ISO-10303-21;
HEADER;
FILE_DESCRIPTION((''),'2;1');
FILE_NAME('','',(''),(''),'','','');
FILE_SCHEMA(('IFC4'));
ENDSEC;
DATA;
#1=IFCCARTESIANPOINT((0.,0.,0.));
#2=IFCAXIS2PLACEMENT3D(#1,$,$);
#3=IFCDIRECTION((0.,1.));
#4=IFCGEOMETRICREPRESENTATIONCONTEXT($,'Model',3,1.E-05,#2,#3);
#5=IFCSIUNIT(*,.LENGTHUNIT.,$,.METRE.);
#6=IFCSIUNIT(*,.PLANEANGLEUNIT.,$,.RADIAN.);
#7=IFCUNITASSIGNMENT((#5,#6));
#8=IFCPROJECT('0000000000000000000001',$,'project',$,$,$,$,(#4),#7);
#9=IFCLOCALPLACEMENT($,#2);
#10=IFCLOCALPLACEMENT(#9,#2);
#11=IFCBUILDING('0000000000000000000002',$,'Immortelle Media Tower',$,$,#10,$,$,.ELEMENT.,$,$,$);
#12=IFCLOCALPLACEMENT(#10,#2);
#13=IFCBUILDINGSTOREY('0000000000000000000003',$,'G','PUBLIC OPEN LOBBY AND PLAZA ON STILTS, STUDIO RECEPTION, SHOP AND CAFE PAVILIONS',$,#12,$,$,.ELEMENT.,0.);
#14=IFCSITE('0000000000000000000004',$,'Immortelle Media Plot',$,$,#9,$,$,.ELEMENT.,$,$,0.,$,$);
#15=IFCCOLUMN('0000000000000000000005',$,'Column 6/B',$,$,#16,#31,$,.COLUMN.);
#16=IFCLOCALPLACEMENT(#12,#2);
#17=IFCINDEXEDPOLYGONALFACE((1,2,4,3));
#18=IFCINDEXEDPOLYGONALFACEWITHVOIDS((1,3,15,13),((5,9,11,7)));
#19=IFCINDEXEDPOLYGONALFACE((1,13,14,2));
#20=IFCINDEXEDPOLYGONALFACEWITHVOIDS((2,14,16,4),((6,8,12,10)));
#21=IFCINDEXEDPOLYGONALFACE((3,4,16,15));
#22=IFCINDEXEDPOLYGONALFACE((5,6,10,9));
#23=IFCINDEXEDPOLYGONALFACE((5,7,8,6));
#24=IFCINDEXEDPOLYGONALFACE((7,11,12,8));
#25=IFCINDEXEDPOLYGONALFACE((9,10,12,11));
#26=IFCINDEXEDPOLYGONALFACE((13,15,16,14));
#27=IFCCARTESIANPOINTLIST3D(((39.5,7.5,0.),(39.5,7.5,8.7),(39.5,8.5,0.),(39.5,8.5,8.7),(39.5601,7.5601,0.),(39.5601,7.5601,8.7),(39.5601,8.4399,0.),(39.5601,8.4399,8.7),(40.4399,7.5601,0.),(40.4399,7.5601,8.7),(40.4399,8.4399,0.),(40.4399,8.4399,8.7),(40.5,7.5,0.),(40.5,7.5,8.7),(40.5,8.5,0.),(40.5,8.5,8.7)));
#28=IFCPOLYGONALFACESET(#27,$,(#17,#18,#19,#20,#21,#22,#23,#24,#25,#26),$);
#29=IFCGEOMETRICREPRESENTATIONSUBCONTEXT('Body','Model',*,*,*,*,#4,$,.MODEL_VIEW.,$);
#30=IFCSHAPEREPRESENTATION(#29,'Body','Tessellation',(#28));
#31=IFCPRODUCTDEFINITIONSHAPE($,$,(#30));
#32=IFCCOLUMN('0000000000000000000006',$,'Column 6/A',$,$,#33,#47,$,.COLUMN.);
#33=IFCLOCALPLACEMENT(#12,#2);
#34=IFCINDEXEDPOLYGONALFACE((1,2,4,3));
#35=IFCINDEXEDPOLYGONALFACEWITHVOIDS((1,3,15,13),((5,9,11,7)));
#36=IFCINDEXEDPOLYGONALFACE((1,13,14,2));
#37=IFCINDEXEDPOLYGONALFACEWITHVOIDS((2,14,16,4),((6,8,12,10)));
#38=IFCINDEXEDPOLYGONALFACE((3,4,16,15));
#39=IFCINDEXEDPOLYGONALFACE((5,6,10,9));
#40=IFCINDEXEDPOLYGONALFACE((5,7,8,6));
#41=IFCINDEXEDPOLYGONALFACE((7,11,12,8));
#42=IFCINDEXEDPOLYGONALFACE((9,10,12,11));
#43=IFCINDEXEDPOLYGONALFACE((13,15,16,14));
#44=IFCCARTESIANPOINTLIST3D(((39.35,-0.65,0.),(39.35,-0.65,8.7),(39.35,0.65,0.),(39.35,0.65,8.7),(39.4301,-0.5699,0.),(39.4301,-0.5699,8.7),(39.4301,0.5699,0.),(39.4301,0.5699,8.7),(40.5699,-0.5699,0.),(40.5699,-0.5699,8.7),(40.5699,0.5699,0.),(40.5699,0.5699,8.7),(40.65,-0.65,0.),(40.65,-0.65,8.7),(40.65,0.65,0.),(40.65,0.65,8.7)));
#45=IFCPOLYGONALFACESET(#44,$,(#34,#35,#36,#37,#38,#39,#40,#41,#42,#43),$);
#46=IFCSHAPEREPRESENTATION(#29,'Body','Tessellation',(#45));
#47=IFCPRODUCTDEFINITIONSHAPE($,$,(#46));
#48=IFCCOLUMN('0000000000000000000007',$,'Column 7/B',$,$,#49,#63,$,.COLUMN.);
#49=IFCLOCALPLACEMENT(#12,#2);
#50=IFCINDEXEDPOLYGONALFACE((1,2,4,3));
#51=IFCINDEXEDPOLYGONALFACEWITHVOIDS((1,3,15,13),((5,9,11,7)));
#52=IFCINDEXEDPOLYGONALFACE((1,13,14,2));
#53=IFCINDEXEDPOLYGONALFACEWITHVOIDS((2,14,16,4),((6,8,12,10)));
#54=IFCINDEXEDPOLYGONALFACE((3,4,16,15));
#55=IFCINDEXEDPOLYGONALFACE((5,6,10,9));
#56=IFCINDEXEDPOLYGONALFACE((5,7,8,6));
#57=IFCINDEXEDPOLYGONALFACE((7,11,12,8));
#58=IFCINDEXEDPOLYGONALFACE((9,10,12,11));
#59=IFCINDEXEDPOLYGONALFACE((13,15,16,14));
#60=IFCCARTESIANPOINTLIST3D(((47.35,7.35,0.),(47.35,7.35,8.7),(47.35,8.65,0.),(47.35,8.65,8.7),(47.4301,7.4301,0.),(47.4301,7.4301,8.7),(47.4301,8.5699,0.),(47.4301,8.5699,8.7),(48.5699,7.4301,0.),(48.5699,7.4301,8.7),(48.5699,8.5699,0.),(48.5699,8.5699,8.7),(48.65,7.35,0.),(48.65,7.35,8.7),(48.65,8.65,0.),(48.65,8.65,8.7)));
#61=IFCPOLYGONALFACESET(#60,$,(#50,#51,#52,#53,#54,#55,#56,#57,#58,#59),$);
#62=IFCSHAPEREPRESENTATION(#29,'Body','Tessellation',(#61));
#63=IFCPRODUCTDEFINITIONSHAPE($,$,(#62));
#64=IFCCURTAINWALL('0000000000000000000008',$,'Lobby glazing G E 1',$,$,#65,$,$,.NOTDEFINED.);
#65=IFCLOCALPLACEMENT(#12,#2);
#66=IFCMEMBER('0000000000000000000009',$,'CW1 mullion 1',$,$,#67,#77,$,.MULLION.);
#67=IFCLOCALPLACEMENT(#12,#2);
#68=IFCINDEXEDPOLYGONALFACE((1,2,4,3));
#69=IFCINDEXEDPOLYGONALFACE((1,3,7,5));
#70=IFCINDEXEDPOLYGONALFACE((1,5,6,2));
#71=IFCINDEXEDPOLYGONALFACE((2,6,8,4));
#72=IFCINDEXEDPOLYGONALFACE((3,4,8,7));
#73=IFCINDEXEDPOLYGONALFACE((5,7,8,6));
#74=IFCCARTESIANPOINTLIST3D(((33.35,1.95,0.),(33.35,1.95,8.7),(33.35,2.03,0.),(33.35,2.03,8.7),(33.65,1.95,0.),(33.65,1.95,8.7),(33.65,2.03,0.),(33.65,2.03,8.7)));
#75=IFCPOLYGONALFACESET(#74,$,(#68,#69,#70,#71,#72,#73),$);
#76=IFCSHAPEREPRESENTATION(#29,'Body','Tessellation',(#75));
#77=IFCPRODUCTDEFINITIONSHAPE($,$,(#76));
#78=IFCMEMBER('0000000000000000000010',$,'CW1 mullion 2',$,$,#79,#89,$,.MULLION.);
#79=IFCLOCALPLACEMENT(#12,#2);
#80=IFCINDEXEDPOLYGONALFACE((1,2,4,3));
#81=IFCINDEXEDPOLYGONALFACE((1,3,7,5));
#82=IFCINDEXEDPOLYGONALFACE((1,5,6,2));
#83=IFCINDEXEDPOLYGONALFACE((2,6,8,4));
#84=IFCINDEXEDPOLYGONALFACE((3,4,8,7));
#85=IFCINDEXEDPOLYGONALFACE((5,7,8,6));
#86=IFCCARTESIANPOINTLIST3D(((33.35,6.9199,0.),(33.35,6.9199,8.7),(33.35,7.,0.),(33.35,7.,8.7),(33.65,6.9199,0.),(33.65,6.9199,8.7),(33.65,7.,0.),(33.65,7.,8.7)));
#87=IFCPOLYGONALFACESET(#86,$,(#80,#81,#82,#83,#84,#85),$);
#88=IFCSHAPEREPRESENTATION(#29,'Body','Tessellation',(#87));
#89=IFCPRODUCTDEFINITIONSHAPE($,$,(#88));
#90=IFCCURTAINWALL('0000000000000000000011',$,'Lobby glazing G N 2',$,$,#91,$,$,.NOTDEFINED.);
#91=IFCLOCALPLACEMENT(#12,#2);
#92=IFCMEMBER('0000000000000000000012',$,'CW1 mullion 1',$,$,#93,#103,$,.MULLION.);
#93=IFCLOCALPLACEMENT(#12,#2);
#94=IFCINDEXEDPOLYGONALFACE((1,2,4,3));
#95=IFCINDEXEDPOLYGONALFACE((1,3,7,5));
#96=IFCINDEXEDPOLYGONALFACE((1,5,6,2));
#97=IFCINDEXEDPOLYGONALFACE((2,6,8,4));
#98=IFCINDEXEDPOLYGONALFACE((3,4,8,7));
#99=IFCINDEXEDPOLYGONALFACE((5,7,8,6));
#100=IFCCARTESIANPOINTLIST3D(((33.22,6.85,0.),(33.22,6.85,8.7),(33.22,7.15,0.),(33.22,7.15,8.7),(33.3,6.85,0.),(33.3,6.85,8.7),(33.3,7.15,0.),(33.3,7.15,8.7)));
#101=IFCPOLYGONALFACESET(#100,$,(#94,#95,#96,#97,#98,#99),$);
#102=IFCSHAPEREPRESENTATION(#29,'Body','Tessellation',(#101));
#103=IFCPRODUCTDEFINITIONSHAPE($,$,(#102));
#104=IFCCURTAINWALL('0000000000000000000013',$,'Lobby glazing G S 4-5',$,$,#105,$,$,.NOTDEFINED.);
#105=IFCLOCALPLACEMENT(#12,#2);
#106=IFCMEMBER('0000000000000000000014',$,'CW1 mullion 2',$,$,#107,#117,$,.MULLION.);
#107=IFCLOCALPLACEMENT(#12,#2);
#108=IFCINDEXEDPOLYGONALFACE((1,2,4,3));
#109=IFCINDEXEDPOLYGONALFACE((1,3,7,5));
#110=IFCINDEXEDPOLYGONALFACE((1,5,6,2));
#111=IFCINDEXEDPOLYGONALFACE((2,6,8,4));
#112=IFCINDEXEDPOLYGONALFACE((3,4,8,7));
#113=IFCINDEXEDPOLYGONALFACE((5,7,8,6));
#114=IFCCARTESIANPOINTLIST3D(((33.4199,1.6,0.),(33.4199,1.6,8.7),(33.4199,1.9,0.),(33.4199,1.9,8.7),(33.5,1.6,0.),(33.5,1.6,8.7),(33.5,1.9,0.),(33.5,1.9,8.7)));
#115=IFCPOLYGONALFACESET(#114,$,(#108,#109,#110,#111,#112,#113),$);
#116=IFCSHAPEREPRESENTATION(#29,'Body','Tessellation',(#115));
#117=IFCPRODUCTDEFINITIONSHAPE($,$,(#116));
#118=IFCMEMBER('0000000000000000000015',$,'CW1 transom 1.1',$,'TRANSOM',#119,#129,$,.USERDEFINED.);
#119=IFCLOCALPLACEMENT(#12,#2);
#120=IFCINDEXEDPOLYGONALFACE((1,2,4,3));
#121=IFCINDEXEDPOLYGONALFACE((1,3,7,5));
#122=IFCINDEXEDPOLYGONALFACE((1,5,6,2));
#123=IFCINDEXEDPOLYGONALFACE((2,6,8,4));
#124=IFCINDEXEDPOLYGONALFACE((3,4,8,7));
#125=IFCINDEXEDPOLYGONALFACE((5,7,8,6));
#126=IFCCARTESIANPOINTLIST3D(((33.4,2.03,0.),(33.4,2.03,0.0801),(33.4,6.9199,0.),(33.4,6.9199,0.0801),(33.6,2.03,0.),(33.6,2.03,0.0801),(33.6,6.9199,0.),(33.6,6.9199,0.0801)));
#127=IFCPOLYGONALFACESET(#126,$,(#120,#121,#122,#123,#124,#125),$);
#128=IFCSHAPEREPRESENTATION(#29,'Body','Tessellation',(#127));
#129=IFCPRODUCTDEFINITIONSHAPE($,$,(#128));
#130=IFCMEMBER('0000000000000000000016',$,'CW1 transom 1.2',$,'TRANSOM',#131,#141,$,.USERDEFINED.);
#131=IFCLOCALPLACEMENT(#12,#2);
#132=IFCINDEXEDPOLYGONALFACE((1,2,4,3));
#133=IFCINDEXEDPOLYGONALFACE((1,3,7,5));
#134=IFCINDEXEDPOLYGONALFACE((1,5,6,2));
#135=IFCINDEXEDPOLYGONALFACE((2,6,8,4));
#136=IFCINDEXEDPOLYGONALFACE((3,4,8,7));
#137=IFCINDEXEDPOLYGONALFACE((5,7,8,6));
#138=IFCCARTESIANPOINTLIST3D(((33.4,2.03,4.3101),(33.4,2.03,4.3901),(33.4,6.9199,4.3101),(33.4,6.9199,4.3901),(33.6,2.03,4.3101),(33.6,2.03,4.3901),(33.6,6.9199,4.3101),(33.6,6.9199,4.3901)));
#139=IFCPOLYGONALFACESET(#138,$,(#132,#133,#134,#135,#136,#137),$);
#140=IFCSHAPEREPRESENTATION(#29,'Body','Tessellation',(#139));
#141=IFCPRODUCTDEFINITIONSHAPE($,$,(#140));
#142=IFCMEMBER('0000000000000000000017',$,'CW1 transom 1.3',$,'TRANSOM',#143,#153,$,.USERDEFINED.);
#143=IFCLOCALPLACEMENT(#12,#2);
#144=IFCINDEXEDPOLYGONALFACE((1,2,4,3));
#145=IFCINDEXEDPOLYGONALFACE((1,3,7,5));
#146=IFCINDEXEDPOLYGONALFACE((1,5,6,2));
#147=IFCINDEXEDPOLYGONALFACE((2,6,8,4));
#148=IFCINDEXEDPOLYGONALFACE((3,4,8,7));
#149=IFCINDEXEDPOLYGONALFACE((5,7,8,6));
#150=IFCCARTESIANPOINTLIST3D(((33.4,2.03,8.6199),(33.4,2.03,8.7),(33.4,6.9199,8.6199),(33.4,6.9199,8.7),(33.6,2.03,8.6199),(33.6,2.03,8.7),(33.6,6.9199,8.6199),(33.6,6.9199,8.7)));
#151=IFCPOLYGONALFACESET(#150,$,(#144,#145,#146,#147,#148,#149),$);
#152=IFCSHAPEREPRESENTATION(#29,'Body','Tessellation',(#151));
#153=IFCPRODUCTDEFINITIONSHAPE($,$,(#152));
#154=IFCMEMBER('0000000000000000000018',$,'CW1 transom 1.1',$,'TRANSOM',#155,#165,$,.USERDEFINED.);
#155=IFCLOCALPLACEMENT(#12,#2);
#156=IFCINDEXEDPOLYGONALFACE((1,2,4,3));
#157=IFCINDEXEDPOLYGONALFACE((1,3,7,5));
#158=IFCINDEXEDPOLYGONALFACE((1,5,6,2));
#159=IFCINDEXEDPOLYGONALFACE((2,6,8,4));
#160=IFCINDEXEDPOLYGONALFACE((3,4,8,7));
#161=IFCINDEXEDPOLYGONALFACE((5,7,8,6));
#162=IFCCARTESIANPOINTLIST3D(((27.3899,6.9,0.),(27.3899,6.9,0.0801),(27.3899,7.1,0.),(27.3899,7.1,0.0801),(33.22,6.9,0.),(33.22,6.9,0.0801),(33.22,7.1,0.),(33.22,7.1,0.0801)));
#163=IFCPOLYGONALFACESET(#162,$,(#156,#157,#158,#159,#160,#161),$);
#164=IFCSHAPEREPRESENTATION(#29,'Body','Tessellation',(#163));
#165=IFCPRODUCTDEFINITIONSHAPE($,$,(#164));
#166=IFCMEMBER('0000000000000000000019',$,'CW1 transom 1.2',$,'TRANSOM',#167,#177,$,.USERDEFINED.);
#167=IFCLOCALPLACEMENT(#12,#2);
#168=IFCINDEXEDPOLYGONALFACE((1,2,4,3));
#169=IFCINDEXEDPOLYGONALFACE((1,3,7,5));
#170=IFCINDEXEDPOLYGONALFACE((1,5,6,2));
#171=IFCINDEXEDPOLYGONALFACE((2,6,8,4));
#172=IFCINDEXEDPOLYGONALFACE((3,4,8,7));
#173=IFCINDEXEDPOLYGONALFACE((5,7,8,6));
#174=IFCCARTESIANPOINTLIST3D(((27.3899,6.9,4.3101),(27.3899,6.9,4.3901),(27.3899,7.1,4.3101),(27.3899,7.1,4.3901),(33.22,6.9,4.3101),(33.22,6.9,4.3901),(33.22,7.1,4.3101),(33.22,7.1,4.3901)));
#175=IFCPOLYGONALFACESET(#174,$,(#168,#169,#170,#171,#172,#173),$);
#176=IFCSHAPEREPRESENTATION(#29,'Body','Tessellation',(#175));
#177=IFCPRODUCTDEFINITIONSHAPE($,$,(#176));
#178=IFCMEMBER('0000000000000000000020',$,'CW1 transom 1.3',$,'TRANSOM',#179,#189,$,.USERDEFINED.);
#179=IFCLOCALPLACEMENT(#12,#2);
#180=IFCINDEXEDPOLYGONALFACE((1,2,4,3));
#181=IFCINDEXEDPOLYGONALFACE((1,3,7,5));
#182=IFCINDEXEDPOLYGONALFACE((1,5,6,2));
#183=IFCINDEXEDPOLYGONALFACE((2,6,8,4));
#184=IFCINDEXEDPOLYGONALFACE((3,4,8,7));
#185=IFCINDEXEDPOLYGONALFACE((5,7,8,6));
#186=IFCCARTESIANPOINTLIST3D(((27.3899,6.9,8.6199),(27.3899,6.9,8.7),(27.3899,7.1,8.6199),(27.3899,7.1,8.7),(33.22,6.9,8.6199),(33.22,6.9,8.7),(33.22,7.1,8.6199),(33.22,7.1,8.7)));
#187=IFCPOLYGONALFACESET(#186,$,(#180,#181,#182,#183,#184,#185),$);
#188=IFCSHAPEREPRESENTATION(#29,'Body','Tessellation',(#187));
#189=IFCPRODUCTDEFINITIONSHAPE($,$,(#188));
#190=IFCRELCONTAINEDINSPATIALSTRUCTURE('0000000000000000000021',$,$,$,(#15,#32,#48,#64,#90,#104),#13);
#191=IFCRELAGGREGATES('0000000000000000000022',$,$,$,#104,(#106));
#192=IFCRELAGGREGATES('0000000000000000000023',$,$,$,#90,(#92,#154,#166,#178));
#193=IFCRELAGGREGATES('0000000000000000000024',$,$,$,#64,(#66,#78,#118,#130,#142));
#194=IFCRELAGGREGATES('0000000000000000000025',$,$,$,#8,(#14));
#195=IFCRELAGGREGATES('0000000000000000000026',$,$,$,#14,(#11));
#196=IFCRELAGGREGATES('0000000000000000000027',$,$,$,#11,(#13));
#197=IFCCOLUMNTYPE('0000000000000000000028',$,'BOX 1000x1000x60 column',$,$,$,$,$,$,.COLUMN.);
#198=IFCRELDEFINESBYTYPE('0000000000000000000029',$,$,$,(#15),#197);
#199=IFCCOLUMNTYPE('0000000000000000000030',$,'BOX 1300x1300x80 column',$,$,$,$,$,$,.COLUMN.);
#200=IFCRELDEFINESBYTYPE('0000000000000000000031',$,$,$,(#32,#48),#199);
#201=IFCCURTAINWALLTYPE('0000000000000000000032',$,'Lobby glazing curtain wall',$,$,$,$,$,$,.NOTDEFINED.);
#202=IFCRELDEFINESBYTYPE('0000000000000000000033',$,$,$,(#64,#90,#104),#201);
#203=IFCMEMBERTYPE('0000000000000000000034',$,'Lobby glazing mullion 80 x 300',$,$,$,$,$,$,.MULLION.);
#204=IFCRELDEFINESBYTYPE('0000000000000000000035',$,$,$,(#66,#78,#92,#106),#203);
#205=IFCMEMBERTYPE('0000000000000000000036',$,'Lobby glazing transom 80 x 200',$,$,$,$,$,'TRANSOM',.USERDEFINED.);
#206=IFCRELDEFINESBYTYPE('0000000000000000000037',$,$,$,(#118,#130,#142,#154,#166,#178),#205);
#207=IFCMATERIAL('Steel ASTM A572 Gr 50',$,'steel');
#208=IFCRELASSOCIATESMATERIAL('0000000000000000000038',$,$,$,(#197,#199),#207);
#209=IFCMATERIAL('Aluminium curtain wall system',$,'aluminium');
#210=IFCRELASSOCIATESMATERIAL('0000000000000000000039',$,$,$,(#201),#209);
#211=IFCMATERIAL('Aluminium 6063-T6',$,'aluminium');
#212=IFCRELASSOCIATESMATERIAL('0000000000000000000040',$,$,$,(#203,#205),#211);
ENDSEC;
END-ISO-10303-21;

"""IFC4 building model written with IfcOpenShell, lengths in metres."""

from ifc_helpers import new_model, si_unit, direction, frame, origin, origin_2d, place, context, subcontext, project, spatial, rectangle, hollow_rectangle, extrude, material, material_profile, profile_set, type_object, element, aggregate, save


model = new_model("IFC4")

# Units and contexts
model_context = context("Model", 3, precision=1e-05, world=origin(), true_north=direction((0.0, 1.0)))
body_context = subcontext(model_context, "Body", "Model", "MODEL_VIEW")
ifc_project = project(units=[si_unit("LENGTHUNIT", "METRE"), si_unit("PLANEANGLEUNIT", "RADIAN")], contexts=[model_context])

# Site, building, storey
site_placement = place(None, origin())
site = spatial("IfcSite", under=ifc_project, at=site_placement, Name="Immortelle Media Plot", CompositionType="ELEMENT", RefElevation=0.0)
building_placement = place(site_placement, origin())
building = spatial("IfcBuilding", under=site, at=building_placement, Name="Immortelle Media Tower", CompositionType="ELEMENT")
storey_placement = place(building_placement, origin())
storey = spatial("IfcBuildingStorey", under=building, at=storey_placement, Name="G", Description="PUBLIC OPEN LOBBY AND PLAZA ON STILTS, STUDIO RECEPTION, SHOP AND CAFE PAVILIONS", CompositionType="ELEMENT", Elevation=0.0)

# Columns
ifc_material_1 = material(Name="Steel ASTM A572 Gr 50", Category="steel")
ifc_material_profile_1 = material_profile(ifc_material_1, hollow_rectangle(XDim=1.0, YDim=1.0, WallThickness=0.0601, at=origin_2d()), Name="BOX 1000x1000x60 column")
ifc_profile_set_1 = profile_set([ifc_material_profile_1], Name="Steel ASTM A572 Gr 50")
column_type_1 = type_object("IfcColumnType", Name="BOX 1000x1000x60 column", PredefinedType="COLUMN", material=ifc_profile_set_1)
column_placement = place(storey_placement, frame((40.0, 8.0, 0.0), z_axis=(0.0, 0.0, 1.0), x_axis=(1.0, 0.0, 0.0)))
element("IfcColumn", 1, at=column_placement, inside=storey, type_object=column_type_1, Name="Column 6/B", PredefinedType="COLUMN", context=body_context, shape_type="SweptSolid", body=[
    extrude(hollow_rectangle(XDim=1.0, YDim=1.0, WallThickness=0.0601, at=origin_2d()), origin(), (0.0, 0.0, 1.0), 8.7),
])
ifc_material_profile_2 = material_profile(ifc_material_1, hollow_rectangle(XDim=1.3, YDim=1.3, WallThickness=0.0801, at=origin_2d()), Name="BOX 1300x1300x80 column")
ifc_profile_set_2 = profile_set([ifc_material_profile_2], Name="Steel ASTM A572 Gr 50")
column_type_2 = type_object("IfcColumnType", Name="BOX 1300x1300x80 column", PredefinedType="COLUMN", material=ifc_profile_set_2)
for number, where, z_axis, x_axis, name in (
    (2, (40.0, 0.0, 0.0), (0.0, 0.0, 1.0), (1.0, 0.0, 0.0), "Column 6/A"),
    (3, (48.0, 8.0, 0.0), (0.0, 0.0, 1.0), (1.0, 0.0, 0.0), "Column 7/B"),
):
    element("IfcColumn", number, at=place(storey_placement, frame(where, z_axis=z_axis, x_axis=x_axis)), inside=storey, type_object=column_type_2, Name=name, PredefinedType="COLUMN", context=body_context, shape_type="SweptSolid", body=[
        extrude(hollow_rectangle(XDim=1.3, YDim=1.3, WallThickness=0.0801, at=origin_2d()), origin(), (0.0, 0.0, 1.0), 8.7),
    ])

# Curtain wall, members
ifc_material_2 = material(Name="Aluminium curtain wall system", Category="aluminium")
curtain_wall_type = type_object("IfcCurtainWallType", Name="Lobby glazing curtain wall", PredefinedType="NOTDEFINED", material=ifc_material_2)
curtain_wall_1_placement = place(storey_placement, origin())
curtain_wall_1 = element("IfcCurtainWall", 4, at=curtain_wall_1_placement, inside=storey, type_object=curtain_wall_type, Name="Lobby glazing G E 1", PredefinedType="NOTDEFINED")
ifc_material_3 = material(Name="Aluminium 6063-T6", Category="aluminium")
ifc_material_profile_3 = material_profile(ifc_material_3, rectangle(XDim=0.3, YDim=0.0801, at=origin_2d()), Name="AL 80x300")
ifc_profile_set_3 = profile_set([ifc_material_profile_3], Name="Aluminium 6063-T6")
member_type_1 = type_object("IfcMemberType", Name="Lobby glazing mullion 80 x 300", PredefinedType="MULLION", material=ifc_profile_set_3)
member_1_placement = place(storey_placement, frame((33.5, 1.99, 0.0), z_axis=(0.0, 0.0, 1.0), x_axis=(-1.0, 0.0, 0.0)))
member_1 = element("IfcMember", 5, at=member_1_placement, type_object=member_type_1, Name="CW1 mullion 1", PredefinedType="MULLION", context=body_context, shape_type="SweptSolid", body=[
    extrude(rectangle(XDim=0.3, YDim=0.0801, at=origin_2d()), origin(), (0.0, 0.0, 1.0), 8.7),
])
member_2_placement = place(storey_placement, frame((33.5, 6.96, 0.0), z_axis=(0.0, 0.0, 1.0), x_axis=(-1.0, 0.0, 0.0)))
member_2 = element("IfcMember", 6, at=member_2_placement, type_object=member_type_1, Name="CW1 mullion 2", PredefinedType="MULLION", context=body_context, shape_type="SweptSolid", body=[
    extrude(rectangle(XDim=0.3, YDim=0.0801, at=origin_2d()), origin(), (0.0, 0.0, 1.0), 8.7),
])

# Curtain walls, members
curtain_wall_2_placement = place(storey_placement, origin())
curtain_wall_2 = element("IfcCurtainWall", 7, at=curtain_wall_2_placement, inside=storey, type_object=curtain_wall_type, Name="Lobby glazing G N 2", PredefinedType="NOTDEFINED")
member_3_placement = place(storey_placement, frame((33.26, 7.0, 0.0), z_axis=(0.0, 0.0, 1.0), x_axis=(0.0, -1.0, 0.0)))
member_3 = element("IfcMember", 8, at=member_3_placement, type_object=member_type_1, Name="CW1 mullion 1", PredefinedType="MULLION", context=body_context, shape_type="SweptSolid", body=[
    extrude(rectangle(XDim=0.3, YDim=0.0801, at=origin_2d()), origin(), (0.0, 0.0, 1.0), 8.7),
])
curtain_wall_3_placement = place(storey_placement, origin())
curtain_wall_3 = element("IfcCurtainWall", 9, at=curtain_wall_3_placement, inside=storey, type_object=curtain_wall_type, Name="Lobby glazing G S 4-5", PredefinedType="NOTDEFINED")
member_4_placement = place(storey_placement, frame((33.46, 1.75, 0.0), z_axis=(0.0, 0.0, 1.0), x_axis=(0.0, 1.0, 0.0)))
member_4 = element("IfcMember", 10, at=member_4_placement, type_object=member_type_1, Name="CW1 mullion 2", PredefinedType="MULLION", context=body_context, shape_type="SweptSolid", body=[
    extrude(rectangle(XDim=0.3, YDim=0.0801, at=origin_2d()), origin(), (0.0, 0.0, 1.0), 8.7),
])
aggregate(curtain_wall_3, [member_4])

# Members
ifc_material_profile_4 = material_profile(ifc_material_3, rectangle(XDim=0.2, YDim=0.0801, at=origin_2d()), Name="AL 80x200")
ifc_profile_set_4 = profile_set([ifc_material_profile_4], Name="Aluminium 6063-T6")
member_type_2 = type_object("IfcMemberType", Name="Lobby glazing transom 80 x 200", ElementType="TRANSOM", PredefinedType="USERDEFINED", material=ifc_profile_set_4)
member_5_placement = place(storey_placement, frame((33.5, 2.03, 0.04), z_axis=(0.0, 1.0, 0.0), x_axis=(-1.0, 0.0, 0.0)))
member_5 = element("IfcMember", 11, at=member_5_placement, type_object=member_type_2, Name="CW1 transom 1.1", ObjectType="TRANSOM", PredefinedType="USERDEFINED", context=body_context, shape_type="SweptSolid", body=[
    extrude(rectangle(XDim=0.2, YDim=0.0801, at=origin_2d()), origin(), (0.0, 0.0, 1.0), 4.8899),
])
member_6_placement = place(storey_placement, frame((33.5, 2.03, 4.3501), z_axis=(0.0, 1.0, 0.0), x_axis=(-1.0, 0.0, 0.0)))
member_6 = element("IfcMember", 12, at=member_6_placement, type_object=member_type_2, Name="CW1 transom 1.2", ObjectType="TRANSOM", PredefinedType="USERDEFINED", context=body_context, shape_type="SweptSolid", body=[
    extrude(rectangle(XDim=0.2, YDim=0.0801, at=origin_2d()), origin(), (0.0, 0.0, 1.0), 4.8899),
])
member_7_placement = place(storey_placement, frame((33.5, 2.03, 8.6599), z_axis=(0.0, 1.0, 0.0), x_axis=(-1.0, 0.0, 0.0)))
member_7 = element("IfcMember", 13, at=member_7_placement, type_object=member_type_2, Name="CW1 transom 1.3", ObjectType="TRANSOM", PredefinedType="USERDEFINED", context=body_context, shape_type="SweptSolid", body=[
    extrude(rectangle(XDim=0.2, YDim=0.0801, at=origin_2d()), origin(), (0.0, 0.0, 1.0), 4.8899),
])
member_8_placement = place(storey_placement, frame((33.22, 7.0, 0.04), z_axis=(-1.0, 0.0, 0.0), x_axis=(0.0, -1.0, 0.0)))
member_8 = element("IfcMember", 14, at=member_8_placement, type_object=member_type_2, Name="CW1 transom 1.1", ObjectType="TRANSOM", PredefinedType="USERDEFINED", context=body_context, shape_type="SweptSolid", body=[
    extrude(rectangle(XDim=0.2, YDim=0.0801, at=origin_2d()), origin(), (0.0, 0.0, 1.0), 5.8301),
])
member_9_placement = place(storey_placement, frame((33.22, 7.0, 4.3501), z_axis=(-1.0, 0.0, 0.0), x_axis=(0.0, -1.0, 0.0)))
member_9 = element("IfcMember", 15, at=member_9_placement, type_object=member_type_2, Name="CW1 transom 1.2", ObjectType="TRANSOM", PredefinedType="USERDEFINED", context=body_context, shape_type="SweptSolid", body=[
    extrude(rectangle(XDim=0.2, YDim=0.0801, at=origin_2d()), origin(), (0.0, 0.0, 1.0), 5.8301),
])
member_10_placement = place(storey_placement, frame((33.22, 7.0, 8.6599), z_axis=(-1.0, 0.0, 0.0), x_axis=(0.0, -1.0, 0.0)))
member_10 = element("IfcMember", 16, at=member_10_placement, type_object=member_type_2, Name="CW1 transom 1.3", ObjectType="TRANSOM", PredefinedType="USERDEFINED", context=body_context, shape_type="SweptSolid", body=[
    extrude(rectangle(XDim=0.2, YDim=0.0801, at=origin_2d()), origin(), (0.0, 0.0, 1.0), 5.8301),
])
aggregate(curtain_wall_2, [member_3, member_8, member_9, member_10])

aggregate(curtain_wall_1, [member_1, member_2, member_5, member_6, member_7])

save(model, "model.ifc")
